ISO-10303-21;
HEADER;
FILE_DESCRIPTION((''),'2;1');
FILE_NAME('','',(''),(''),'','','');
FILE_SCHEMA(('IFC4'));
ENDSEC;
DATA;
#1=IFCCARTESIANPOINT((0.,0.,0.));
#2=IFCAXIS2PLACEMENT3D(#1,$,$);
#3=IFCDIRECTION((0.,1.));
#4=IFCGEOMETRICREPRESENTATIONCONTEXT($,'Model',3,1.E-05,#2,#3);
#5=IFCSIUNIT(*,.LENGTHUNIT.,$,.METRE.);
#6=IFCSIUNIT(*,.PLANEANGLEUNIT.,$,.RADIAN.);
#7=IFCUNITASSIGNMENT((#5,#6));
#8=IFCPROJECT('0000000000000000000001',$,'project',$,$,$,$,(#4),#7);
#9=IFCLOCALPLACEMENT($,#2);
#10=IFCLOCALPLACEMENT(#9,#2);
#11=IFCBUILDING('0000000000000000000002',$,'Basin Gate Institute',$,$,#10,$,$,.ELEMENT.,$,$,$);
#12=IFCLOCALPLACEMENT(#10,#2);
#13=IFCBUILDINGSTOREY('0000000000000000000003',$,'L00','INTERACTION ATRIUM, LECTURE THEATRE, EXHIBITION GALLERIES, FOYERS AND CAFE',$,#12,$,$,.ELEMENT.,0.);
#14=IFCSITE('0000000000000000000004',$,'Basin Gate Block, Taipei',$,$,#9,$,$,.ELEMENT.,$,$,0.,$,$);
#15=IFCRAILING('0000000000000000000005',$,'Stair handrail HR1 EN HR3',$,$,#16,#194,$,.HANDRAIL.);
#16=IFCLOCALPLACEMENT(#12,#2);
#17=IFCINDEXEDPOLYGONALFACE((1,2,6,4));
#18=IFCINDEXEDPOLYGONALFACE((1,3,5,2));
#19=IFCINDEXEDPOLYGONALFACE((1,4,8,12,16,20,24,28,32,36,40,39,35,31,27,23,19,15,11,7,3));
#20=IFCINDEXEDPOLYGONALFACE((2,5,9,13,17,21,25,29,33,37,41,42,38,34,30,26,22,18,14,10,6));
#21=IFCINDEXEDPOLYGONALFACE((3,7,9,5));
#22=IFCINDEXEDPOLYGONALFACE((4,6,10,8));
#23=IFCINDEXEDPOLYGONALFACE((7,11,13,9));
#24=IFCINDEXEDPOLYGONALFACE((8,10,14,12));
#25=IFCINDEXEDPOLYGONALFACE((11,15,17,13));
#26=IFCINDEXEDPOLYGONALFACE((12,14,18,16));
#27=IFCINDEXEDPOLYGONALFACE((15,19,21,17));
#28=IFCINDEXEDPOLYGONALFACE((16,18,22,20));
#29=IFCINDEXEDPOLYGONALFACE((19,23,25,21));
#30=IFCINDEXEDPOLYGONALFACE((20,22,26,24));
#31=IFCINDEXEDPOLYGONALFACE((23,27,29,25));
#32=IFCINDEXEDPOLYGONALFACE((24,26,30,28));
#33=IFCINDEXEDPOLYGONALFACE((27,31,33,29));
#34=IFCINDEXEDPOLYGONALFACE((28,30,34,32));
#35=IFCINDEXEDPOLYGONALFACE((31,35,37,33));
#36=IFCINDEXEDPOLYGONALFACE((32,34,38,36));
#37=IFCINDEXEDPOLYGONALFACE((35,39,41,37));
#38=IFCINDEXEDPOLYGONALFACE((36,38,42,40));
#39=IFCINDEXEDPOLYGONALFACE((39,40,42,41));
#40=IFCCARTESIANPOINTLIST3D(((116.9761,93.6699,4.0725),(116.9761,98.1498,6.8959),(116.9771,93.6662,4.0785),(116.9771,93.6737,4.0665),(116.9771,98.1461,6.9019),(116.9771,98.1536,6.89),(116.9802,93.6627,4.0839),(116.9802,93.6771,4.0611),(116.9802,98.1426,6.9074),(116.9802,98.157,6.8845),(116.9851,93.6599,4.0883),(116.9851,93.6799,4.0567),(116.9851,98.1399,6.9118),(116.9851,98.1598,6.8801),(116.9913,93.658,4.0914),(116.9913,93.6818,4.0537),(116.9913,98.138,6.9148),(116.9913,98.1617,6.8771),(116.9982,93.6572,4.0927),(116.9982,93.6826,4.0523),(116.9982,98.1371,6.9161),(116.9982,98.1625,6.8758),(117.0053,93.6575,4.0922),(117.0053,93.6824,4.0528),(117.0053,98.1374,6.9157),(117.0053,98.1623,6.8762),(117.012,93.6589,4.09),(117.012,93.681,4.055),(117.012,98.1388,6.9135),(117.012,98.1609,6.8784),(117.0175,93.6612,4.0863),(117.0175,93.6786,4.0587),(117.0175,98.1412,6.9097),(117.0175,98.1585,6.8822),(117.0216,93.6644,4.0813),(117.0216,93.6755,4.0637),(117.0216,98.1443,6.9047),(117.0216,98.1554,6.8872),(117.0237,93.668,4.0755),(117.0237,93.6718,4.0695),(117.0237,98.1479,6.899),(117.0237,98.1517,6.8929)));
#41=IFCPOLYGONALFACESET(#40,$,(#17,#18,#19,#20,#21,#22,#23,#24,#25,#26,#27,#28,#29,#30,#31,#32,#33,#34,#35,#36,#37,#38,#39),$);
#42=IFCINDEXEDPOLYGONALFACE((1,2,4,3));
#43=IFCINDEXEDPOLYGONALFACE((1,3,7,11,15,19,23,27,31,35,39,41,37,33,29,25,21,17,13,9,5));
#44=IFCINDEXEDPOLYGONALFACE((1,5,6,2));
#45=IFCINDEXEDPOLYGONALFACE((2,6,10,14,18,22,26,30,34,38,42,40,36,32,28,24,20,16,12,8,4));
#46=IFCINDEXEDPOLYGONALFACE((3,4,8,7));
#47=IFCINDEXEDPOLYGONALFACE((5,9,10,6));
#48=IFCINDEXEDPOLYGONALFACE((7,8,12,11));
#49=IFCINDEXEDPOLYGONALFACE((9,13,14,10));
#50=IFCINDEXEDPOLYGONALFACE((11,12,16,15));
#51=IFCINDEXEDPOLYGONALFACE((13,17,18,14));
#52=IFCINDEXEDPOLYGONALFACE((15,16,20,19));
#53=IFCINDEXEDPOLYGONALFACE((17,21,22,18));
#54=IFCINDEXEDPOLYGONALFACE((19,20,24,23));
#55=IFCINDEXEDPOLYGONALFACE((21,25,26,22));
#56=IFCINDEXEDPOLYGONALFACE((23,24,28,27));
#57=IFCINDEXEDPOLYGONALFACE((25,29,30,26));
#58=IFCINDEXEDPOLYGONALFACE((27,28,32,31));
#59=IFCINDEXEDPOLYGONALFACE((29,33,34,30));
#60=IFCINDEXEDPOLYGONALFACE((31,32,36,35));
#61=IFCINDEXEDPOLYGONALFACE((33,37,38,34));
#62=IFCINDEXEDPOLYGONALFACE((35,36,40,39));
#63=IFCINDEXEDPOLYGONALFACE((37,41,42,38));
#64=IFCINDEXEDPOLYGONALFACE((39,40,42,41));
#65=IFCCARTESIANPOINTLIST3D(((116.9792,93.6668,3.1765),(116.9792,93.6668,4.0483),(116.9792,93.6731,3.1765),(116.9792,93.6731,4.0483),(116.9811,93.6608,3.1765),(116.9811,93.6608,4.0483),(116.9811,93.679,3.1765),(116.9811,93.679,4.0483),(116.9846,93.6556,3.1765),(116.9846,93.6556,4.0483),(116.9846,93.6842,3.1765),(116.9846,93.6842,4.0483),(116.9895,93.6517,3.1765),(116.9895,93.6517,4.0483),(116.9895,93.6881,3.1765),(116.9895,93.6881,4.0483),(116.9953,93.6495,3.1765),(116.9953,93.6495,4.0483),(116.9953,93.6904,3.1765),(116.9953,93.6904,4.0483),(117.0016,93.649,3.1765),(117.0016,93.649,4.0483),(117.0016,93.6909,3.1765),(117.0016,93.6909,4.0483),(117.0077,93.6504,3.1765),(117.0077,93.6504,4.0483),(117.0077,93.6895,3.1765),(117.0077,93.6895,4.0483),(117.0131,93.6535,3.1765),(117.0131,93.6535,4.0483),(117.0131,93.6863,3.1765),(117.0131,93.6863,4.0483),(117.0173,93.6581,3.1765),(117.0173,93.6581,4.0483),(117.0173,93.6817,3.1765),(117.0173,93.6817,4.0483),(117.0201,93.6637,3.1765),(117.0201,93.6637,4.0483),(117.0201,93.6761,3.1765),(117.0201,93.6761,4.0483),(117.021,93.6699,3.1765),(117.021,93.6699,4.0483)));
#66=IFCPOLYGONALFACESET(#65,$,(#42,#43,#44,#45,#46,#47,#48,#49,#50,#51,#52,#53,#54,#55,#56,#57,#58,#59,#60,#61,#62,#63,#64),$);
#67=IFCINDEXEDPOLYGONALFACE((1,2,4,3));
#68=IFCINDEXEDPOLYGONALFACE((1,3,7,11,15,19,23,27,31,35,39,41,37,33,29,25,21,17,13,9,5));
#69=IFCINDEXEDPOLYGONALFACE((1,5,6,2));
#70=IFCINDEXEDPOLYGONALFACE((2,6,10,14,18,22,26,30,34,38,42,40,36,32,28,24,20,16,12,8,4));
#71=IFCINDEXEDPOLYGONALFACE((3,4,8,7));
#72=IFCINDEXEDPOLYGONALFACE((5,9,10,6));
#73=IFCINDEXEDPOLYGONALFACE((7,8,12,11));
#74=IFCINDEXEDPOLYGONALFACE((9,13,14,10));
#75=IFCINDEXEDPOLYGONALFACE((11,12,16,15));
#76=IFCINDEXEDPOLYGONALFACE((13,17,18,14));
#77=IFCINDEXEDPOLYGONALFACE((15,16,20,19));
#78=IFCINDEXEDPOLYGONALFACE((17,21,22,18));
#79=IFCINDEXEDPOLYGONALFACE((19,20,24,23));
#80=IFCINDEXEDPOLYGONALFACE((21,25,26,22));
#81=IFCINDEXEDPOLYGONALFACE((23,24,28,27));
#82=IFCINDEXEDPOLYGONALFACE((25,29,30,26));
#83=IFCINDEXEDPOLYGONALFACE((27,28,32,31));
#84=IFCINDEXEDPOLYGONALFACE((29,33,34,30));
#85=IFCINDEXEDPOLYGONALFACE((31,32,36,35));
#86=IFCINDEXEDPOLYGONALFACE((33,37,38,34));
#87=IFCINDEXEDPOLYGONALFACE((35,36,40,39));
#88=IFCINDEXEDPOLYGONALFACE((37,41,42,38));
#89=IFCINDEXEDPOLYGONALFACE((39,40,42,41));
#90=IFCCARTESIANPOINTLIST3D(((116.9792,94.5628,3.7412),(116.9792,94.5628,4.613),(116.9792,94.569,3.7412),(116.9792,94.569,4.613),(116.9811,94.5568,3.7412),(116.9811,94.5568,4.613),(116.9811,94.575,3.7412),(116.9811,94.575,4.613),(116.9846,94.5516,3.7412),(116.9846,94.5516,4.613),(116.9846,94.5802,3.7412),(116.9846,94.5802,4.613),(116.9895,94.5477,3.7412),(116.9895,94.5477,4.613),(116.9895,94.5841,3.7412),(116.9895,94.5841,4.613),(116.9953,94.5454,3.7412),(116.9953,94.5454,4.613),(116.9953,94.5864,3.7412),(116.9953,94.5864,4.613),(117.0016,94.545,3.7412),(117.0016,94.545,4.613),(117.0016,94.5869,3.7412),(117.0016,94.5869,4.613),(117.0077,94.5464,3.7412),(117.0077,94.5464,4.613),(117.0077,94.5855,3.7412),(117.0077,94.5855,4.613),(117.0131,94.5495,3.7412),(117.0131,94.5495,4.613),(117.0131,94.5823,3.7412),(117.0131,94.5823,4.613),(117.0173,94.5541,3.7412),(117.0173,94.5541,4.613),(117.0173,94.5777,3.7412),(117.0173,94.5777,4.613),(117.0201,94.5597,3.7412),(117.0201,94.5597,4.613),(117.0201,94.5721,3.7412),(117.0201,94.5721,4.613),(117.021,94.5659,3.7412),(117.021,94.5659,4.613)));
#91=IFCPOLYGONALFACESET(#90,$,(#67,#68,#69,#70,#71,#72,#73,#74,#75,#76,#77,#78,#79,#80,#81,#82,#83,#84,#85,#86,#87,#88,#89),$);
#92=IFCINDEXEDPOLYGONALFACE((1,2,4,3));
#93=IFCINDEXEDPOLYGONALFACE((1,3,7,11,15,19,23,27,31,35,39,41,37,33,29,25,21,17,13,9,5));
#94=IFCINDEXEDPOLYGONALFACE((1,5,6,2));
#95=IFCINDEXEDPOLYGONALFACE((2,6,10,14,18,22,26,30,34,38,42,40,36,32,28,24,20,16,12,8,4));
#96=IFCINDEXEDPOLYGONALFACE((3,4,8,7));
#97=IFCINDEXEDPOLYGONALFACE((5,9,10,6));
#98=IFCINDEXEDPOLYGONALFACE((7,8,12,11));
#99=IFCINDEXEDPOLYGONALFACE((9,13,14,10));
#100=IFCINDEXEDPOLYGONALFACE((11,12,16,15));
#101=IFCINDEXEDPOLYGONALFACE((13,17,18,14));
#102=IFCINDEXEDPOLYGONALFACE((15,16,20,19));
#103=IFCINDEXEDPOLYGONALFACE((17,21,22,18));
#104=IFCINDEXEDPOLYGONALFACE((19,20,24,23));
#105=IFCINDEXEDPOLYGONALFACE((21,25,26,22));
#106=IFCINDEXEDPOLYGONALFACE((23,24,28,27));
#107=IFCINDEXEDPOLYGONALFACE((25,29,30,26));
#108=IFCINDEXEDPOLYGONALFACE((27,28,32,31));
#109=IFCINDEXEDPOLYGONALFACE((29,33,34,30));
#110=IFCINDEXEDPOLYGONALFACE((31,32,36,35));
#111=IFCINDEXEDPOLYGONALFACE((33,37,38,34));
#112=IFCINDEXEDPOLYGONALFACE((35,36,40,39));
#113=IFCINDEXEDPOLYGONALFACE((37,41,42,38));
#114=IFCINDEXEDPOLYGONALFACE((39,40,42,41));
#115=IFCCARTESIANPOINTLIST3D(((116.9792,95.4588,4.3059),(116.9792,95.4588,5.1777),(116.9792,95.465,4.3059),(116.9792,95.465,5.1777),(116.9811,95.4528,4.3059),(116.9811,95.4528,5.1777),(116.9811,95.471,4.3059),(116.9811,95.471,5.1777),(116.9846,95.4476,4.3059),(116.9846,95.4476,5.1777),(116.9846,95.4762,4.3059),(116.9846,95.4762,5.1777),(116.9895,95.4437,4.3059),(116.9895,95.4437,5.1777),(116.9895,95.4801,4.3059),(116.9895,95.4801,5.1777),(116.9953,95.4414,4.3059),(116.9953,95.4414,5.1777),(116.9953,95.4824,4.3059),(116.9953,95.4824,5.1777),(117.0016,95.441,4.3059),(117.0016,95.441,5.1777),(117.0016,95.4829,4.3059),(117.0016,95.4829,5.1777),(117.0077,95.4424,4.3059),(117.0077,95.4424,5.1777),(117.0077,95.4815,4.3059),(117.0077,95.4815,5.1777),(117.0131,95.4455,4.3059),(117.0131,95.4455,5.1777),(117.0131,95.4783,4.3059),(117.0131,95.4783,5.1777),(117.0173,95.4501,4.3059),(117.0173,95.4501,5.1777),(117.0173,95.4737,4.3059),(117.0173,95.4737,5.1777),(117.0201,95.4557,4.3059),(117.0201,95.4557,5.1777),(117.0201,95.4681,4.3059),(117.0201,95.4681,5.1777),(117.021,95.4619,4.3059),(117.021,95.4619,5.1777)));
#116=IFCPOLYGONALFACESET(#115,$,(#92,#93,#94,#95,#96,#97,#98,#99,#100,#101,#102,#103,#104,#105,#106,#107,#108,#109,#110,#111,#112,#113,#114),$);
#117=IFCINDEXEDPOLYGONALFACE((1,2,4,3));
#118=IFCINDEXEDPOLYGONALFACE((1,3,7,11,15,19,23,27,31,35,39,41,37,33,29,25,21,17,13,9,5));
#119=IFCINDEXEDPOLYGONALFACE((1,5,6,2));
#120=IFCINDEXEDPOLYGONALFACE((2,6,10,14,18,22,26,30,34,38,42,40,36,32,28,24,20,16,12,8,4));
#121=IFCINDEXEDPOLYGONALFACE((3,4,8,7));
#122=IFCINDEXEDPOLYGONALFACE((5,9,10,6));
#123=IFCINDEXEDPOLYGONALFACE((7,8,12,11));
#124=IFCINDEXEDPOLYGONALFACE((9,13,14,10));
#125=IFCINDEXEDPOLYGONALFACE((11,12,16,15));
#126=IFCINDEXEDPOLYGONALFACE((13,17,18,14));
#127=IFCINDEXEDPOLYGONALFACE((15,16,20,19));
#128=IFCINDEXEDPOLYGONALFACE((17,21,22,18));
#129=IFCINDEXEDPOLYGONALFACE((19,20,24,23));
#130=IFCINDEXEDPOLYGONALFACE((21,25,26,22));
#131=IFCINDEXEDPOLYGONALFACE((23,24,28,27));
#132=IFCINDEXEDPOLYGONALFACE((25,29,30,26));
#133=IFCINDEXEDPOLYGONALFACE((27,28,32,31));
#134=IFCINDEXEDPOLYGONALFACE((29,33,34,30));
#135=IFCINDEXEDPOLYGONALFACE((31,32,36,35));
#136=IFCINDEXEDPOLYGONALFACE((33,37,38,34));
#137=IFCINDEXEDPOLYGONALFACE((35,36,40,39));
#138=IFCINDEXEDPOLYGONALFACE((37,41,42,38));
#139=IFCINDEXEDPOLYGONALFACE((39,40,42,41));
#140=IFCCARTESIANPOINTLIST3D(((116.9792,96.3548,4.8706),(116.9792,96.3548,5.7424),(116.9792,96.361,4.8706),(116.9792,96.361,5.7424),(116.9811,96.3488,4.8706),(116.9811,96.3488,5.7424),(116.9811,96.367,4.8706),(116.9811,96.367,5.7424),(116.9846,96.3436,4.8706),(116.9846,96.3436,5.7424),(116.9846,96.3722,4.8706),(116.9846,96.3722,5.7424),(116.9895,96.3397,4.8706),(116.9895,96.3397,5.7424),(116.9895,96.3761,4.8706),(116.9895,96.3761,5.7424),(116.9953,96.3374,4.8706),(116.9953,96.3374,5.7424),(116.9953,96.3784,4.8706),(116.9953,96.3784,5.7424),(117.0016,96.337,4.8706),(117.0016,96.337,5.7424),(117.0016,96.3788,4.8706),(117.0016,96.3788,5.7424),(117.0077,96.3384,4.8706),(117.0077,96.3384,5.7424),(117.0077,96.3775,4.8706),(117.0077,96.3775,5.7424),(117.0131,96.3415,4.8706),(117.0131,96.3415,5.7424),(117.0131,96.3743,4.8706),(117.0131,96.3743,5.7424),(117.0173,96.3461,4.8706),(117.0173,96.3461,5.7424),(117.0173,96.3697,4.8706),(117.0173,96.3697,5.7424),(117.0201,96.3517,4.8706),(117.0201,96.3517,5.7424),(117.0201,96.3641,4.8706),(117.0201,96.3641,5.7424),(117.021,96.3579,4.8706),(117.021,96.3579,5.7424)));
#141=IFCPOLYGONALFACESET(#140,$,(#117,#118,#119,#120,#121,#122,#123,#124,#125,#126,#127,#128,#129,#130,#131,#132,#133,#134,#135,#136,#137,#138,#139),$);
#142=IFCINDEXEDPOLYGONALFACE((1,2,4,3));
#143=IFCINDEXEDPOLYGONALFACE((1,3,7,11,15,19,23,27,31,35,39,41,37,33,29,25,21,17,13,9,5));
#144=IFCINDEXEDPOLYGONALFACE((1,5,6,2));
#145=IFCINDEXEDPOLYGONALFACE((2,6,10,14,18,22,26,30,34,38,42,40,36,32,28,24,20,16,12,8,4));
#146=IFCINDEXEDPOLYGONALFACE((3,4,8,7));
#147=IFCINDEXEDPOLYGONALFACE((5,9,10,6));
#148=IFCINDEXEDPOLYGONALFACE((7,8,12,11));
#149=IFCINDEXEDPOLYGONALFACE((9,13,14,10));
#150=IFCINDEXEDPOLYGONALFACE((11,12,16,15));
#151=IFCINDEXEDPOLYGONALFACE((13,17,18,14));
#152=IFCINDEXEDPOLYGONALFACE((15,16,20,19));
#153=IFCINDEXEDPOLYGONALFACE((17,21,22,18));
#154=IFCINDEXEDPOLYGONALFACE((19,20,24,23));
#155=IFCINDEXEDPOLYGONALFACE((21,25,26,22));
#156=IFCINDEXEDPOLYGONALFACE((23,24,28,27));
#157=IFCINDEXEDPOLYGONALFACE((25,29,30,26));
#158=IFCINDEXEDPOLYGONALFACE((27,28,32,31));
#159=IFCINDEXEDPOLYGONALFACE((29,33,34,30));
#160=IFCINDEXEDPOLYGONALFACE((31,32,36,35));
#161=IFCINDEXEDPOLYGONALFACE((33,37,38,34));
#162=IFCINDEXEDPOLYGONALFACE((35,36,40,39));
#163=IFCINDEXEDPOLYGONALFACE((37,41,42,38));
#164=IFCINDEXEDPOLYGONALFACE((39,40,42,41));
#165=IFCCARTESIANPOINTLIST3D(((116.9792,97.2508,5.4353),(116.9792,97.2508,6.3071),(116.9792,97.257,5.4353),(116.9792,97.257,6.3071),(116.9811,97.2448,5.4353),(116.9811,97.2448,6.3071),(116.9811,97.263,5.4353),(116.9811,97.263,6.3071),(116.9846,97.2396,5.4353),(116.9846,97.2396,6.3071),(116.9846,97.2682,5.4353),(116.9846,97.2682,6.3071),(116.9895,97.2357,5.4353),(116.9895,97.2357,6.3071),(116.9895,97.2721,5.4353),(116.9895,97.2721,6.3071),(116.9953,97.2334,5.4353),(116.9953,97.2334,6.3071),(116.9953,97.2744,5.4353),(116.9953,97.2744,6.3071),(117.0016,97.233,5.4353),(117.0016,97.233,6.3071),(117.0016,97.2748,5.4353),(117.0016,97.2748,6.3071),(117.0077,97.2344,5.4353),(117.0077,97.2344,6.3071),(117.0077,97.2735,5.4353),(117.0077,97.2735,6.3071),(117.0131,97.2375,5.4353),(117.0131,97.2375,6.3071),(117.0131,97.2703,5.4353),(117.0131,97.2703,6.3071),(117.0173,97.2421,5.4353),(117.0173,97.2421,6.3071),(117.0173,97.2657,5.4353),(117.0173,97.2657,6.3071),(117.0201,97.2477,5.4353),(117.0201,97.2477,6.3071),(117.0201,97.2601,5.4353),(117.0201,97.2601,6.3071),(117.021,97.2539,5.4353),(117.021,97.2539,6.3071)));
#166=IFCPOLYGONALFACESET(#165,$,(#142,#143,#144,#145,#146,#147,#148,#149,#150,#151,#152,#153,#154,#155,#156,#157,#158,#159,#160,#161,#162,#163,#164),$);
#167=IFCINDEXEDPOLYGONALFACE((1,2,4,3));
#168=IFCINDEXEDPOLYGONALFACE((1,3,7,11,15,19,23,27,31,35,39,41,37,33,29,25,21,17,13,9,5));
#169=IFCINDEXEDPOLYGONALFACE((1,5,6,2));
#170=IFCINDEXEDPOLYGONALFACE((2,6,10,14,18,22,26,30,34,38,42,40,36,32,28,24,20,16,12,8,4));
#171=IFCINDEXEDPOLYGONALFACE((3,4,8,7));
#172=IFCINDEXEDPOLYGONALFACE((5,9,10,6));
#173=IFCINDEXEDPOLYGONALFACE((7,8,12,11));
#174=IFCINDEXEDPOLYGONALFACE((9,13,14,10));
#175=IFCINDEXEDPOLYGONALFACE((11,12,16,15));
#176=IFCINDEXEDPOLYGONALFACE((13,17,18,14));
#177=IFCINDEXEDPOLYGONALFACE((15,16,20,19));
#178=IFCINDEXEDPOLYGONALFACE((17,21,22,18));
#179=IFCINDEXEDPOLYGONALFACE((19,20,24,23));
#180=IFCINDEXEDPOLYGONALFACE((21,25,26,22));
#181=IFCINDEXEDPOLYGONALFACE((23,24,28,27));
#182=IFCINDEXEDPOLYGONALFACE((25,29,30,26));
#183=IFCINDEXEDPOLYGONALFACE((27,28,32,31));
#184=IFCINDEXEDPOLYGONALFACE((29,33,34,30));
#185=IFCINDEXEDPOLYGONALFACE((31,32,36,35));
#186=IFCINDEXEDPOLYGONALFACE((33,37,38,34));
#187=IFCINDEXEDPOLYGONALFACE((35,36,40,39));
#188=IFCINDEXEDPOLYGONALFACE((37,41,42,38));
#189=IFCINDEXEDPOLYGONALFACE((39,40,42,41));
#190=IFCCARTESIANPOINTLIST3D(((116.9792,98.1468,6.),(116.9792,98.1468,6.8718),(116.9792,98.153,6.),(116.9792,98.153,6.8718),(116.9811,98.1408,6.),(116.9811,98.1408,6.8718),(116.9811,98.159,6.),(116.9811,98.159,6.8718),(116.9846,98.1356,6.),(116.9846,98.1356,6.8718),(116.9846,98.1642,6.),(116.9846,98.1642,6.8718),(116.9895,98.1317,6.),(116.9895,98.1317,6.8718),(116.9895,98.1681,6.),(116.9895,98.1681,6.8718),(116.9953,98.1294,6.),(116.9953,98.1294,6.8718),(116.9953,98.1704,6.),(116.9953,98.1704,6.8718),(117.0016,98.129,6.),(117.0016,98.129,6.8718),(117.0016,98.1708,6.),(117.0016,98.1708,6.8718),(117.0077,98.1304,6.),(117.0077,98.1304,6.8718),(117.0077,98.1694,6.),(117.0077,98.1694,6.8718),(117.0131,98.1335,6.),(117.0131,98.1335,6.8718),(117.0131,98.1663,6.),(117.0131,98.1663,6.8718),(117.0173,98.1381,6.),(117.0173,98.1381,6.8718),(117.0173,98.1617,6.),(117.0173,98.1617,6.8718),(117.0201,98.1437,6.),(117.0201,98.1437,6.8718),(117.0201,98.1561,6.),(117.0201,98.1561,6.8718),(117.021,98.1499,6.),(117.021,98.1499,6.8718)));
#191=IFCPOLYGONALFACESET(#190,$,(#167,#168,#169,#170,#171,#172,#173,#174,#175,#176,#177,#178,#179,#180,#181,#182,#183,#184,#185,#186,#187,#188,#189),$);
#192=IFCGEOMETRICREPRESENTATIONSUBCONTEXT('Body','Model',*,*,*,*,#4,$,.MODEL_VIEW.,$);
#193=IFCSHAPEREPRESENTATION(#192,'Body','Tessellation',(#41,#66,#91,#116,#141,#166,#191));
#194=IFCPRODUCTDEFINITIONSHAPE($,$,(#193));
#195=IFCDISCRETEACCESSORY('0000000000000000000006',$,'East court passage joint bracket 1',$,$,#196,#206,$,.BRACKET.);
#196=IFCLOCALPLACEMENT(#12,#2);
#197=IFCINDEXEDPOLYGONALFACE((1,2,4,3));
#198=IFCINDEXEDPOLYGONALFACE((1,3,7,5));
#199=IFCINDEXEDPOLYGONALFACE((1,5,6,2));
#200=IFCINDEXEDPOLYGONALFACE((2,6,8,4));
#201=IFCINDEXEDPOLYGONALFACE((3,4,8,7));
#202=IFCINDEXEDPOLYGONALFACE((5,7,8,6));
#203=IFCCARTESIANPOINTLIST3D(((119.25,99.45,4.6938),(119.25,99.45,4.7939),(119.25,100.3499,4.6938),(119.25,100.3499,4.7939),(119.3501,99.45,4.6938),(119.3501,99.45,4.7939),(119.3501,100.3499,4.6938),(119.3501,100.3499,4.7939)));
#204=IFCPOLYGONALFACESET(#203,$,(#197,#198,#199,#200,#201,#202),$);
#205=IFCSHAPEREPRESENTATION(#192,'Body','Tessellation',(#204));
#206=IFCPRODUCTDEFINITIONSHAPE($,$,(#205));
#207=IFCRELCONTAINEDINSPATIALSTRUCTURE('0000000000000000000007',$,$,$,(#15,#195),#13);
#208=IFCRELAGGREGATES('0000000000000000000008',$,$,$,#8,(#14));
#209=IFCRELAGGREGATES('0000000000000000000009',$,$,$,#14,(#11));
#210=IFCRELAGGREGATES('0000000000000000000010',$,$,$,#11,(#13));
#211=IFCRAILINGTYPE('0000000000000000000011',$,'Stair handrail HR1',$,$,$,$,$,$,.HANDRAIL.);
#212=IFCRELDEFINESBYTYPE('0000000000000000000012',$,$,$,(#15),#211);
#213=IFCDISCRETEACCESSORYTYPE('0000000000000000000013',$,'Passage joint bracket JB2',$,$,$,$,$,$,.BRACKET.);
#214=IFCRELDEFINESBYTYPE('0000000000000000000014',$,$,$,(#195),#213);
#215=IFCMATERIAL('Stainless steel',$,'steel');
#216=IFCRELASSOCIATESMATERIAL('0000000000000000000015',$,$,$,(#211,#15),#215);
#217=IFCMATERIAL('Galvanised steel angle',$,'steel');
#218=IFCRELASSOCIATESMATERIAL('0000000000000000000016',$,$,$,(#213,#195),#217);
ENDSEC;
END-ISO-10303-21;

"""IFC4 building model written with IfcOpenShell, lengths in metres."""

from ifc_helpers import new_model, si_unit, direction, frame, origin, origin_2d, place, context, subcontext, project, spatial, rectangle, circle, extrude, material, type_object, element, save


model = new_model("IFC4")

# Units and contexts
model_context = context("Model", 3, precision=1e-05, world=origin(), true_north=direction((0.0, 1.0)))
body_context = subcontext(model_context, "Body", "Model", "MODEL_VIEW")
ifc_project = project(units=[si_unit("LENGTHUNIT", "METRE"), si_unit("PLANEANGLEUNIT", "RADIAN")], contexts=[model_context])

# Site, building, storey
site_placement = place(None, origin())
site = spatial("IfcSite", under=ifc_project, at=site_placement, Name="Basin Gate Block, Taipei", CompositionType="ELEMENT", RefElevation=0.0)
building_placement = place(site_placement, origin())
building = spatial("IfcBuilding", under=site, at=building_placement, Name="Basin Gate Institute", CompositionType="ELEMENT")
storey_placement = place(building_placement, origin())
storey = spatial("IfcBuildingStorey", under=building, at=storey_placement, Name="L00", Description="INTERACTION ATRIUM, LECTURE THEATRE, EXHIBITION GALLERIES, FOYERS AND CAFE", CompositionType="ELEMENT", Elevation=0.0)

# Railing
ifc_material_1 = material(Name="Stainless steel", Category="steel")
railing_type_1 = type_object("IfcRailingType", Name="Stair handrail HR1", PredefinedType="HANDRAIL", material=ifc_material_1)
railing_1_placement = place(storey_placement, frame((117.0, 93.6699, 3.1765)))
element("IfcRailing", 1, at=railing_1_placement, inside=storey, type_object=railing_type_1, material=ifc_material_1, Name="Stair handrail HR1 EN HR3", PredefinedType="HANDRAIL", context=body_context, shape_type="SweptSolid", body=[
    extrude(circle(Radius=0.0239, at=origin_2d()), frame((0.0, 0.0, 0.896), z_axis=(0.0, 0.845998, 0.533186), x_axis=(-1.0, 0.0, 0.0)), (0.0, 0.0, 1.0), 5.2954),
    extrude(circle(Radius=0.021, at=origin_2d()), origin(), (0.0, 0.0, 1.0), 0.8718),
    extrude(circle(Radius=0.021, at=origin_2d()), frame((0.0, 0.896, 0.5647)), (0.0, 0.0, 1.0), 0.8718),
    extrude(circle(Radius=0.021, at=origin_2d()), frame((0.0, 1.792, 1.1294)), (0.0, 0.0, 1.0), 0.8718),
    extrude(circle(Radius=0.021, at=origin_2d()), frame((0.0, 2.688, 1.6941)), (0.0, 0.0, 1.0), 0.8718),
    extrude(circle(Radius=0.021, at=origin_2d()), frame((0.0, 3.584, 2.2588)), (0.0, 0.0, 1.0), 0.8718),
    extrude(circle(Radius=0.021, at=origin_2d()), frame((0.0, 4.48, 2.8235)), (0.0, 0.0, 1.0), 0.8718),
])

# Discrete accessory
ifc_material_2 = material(Name="Galvanised steel angle", Category="steel")
discrete_accessory_type = type_object("IfcDiscreteAccessoryType", Name="Passage joint bracket JB2", PredefinedType="BRACKET", material=ifc_material_2)
discrete_accessory_placement = place(storey_placement, frame((119.3, 99.8999, 4.6938), z_axis=(0.0, 0.0, 1.0), x_axis=(1.0, 0.0, 0.0)))
element("IfcDiscreteAccessory", 2, at=discrete_accessory_placement, inside=storey, type_object=discrete_accessory_type, material=ifc_material_2, Name="East court passage joint bracket 1", PredefinedType="BRACKET", context=body_context, shape_type="SweptSolid", body=[
    extrude(rectangle(XDim=0.1001, YDim=0.8999, at=origin_2d()), origin(), (0.0, 0.0, 1.0), 0.1001),
])

save(model, "model.ifc")
